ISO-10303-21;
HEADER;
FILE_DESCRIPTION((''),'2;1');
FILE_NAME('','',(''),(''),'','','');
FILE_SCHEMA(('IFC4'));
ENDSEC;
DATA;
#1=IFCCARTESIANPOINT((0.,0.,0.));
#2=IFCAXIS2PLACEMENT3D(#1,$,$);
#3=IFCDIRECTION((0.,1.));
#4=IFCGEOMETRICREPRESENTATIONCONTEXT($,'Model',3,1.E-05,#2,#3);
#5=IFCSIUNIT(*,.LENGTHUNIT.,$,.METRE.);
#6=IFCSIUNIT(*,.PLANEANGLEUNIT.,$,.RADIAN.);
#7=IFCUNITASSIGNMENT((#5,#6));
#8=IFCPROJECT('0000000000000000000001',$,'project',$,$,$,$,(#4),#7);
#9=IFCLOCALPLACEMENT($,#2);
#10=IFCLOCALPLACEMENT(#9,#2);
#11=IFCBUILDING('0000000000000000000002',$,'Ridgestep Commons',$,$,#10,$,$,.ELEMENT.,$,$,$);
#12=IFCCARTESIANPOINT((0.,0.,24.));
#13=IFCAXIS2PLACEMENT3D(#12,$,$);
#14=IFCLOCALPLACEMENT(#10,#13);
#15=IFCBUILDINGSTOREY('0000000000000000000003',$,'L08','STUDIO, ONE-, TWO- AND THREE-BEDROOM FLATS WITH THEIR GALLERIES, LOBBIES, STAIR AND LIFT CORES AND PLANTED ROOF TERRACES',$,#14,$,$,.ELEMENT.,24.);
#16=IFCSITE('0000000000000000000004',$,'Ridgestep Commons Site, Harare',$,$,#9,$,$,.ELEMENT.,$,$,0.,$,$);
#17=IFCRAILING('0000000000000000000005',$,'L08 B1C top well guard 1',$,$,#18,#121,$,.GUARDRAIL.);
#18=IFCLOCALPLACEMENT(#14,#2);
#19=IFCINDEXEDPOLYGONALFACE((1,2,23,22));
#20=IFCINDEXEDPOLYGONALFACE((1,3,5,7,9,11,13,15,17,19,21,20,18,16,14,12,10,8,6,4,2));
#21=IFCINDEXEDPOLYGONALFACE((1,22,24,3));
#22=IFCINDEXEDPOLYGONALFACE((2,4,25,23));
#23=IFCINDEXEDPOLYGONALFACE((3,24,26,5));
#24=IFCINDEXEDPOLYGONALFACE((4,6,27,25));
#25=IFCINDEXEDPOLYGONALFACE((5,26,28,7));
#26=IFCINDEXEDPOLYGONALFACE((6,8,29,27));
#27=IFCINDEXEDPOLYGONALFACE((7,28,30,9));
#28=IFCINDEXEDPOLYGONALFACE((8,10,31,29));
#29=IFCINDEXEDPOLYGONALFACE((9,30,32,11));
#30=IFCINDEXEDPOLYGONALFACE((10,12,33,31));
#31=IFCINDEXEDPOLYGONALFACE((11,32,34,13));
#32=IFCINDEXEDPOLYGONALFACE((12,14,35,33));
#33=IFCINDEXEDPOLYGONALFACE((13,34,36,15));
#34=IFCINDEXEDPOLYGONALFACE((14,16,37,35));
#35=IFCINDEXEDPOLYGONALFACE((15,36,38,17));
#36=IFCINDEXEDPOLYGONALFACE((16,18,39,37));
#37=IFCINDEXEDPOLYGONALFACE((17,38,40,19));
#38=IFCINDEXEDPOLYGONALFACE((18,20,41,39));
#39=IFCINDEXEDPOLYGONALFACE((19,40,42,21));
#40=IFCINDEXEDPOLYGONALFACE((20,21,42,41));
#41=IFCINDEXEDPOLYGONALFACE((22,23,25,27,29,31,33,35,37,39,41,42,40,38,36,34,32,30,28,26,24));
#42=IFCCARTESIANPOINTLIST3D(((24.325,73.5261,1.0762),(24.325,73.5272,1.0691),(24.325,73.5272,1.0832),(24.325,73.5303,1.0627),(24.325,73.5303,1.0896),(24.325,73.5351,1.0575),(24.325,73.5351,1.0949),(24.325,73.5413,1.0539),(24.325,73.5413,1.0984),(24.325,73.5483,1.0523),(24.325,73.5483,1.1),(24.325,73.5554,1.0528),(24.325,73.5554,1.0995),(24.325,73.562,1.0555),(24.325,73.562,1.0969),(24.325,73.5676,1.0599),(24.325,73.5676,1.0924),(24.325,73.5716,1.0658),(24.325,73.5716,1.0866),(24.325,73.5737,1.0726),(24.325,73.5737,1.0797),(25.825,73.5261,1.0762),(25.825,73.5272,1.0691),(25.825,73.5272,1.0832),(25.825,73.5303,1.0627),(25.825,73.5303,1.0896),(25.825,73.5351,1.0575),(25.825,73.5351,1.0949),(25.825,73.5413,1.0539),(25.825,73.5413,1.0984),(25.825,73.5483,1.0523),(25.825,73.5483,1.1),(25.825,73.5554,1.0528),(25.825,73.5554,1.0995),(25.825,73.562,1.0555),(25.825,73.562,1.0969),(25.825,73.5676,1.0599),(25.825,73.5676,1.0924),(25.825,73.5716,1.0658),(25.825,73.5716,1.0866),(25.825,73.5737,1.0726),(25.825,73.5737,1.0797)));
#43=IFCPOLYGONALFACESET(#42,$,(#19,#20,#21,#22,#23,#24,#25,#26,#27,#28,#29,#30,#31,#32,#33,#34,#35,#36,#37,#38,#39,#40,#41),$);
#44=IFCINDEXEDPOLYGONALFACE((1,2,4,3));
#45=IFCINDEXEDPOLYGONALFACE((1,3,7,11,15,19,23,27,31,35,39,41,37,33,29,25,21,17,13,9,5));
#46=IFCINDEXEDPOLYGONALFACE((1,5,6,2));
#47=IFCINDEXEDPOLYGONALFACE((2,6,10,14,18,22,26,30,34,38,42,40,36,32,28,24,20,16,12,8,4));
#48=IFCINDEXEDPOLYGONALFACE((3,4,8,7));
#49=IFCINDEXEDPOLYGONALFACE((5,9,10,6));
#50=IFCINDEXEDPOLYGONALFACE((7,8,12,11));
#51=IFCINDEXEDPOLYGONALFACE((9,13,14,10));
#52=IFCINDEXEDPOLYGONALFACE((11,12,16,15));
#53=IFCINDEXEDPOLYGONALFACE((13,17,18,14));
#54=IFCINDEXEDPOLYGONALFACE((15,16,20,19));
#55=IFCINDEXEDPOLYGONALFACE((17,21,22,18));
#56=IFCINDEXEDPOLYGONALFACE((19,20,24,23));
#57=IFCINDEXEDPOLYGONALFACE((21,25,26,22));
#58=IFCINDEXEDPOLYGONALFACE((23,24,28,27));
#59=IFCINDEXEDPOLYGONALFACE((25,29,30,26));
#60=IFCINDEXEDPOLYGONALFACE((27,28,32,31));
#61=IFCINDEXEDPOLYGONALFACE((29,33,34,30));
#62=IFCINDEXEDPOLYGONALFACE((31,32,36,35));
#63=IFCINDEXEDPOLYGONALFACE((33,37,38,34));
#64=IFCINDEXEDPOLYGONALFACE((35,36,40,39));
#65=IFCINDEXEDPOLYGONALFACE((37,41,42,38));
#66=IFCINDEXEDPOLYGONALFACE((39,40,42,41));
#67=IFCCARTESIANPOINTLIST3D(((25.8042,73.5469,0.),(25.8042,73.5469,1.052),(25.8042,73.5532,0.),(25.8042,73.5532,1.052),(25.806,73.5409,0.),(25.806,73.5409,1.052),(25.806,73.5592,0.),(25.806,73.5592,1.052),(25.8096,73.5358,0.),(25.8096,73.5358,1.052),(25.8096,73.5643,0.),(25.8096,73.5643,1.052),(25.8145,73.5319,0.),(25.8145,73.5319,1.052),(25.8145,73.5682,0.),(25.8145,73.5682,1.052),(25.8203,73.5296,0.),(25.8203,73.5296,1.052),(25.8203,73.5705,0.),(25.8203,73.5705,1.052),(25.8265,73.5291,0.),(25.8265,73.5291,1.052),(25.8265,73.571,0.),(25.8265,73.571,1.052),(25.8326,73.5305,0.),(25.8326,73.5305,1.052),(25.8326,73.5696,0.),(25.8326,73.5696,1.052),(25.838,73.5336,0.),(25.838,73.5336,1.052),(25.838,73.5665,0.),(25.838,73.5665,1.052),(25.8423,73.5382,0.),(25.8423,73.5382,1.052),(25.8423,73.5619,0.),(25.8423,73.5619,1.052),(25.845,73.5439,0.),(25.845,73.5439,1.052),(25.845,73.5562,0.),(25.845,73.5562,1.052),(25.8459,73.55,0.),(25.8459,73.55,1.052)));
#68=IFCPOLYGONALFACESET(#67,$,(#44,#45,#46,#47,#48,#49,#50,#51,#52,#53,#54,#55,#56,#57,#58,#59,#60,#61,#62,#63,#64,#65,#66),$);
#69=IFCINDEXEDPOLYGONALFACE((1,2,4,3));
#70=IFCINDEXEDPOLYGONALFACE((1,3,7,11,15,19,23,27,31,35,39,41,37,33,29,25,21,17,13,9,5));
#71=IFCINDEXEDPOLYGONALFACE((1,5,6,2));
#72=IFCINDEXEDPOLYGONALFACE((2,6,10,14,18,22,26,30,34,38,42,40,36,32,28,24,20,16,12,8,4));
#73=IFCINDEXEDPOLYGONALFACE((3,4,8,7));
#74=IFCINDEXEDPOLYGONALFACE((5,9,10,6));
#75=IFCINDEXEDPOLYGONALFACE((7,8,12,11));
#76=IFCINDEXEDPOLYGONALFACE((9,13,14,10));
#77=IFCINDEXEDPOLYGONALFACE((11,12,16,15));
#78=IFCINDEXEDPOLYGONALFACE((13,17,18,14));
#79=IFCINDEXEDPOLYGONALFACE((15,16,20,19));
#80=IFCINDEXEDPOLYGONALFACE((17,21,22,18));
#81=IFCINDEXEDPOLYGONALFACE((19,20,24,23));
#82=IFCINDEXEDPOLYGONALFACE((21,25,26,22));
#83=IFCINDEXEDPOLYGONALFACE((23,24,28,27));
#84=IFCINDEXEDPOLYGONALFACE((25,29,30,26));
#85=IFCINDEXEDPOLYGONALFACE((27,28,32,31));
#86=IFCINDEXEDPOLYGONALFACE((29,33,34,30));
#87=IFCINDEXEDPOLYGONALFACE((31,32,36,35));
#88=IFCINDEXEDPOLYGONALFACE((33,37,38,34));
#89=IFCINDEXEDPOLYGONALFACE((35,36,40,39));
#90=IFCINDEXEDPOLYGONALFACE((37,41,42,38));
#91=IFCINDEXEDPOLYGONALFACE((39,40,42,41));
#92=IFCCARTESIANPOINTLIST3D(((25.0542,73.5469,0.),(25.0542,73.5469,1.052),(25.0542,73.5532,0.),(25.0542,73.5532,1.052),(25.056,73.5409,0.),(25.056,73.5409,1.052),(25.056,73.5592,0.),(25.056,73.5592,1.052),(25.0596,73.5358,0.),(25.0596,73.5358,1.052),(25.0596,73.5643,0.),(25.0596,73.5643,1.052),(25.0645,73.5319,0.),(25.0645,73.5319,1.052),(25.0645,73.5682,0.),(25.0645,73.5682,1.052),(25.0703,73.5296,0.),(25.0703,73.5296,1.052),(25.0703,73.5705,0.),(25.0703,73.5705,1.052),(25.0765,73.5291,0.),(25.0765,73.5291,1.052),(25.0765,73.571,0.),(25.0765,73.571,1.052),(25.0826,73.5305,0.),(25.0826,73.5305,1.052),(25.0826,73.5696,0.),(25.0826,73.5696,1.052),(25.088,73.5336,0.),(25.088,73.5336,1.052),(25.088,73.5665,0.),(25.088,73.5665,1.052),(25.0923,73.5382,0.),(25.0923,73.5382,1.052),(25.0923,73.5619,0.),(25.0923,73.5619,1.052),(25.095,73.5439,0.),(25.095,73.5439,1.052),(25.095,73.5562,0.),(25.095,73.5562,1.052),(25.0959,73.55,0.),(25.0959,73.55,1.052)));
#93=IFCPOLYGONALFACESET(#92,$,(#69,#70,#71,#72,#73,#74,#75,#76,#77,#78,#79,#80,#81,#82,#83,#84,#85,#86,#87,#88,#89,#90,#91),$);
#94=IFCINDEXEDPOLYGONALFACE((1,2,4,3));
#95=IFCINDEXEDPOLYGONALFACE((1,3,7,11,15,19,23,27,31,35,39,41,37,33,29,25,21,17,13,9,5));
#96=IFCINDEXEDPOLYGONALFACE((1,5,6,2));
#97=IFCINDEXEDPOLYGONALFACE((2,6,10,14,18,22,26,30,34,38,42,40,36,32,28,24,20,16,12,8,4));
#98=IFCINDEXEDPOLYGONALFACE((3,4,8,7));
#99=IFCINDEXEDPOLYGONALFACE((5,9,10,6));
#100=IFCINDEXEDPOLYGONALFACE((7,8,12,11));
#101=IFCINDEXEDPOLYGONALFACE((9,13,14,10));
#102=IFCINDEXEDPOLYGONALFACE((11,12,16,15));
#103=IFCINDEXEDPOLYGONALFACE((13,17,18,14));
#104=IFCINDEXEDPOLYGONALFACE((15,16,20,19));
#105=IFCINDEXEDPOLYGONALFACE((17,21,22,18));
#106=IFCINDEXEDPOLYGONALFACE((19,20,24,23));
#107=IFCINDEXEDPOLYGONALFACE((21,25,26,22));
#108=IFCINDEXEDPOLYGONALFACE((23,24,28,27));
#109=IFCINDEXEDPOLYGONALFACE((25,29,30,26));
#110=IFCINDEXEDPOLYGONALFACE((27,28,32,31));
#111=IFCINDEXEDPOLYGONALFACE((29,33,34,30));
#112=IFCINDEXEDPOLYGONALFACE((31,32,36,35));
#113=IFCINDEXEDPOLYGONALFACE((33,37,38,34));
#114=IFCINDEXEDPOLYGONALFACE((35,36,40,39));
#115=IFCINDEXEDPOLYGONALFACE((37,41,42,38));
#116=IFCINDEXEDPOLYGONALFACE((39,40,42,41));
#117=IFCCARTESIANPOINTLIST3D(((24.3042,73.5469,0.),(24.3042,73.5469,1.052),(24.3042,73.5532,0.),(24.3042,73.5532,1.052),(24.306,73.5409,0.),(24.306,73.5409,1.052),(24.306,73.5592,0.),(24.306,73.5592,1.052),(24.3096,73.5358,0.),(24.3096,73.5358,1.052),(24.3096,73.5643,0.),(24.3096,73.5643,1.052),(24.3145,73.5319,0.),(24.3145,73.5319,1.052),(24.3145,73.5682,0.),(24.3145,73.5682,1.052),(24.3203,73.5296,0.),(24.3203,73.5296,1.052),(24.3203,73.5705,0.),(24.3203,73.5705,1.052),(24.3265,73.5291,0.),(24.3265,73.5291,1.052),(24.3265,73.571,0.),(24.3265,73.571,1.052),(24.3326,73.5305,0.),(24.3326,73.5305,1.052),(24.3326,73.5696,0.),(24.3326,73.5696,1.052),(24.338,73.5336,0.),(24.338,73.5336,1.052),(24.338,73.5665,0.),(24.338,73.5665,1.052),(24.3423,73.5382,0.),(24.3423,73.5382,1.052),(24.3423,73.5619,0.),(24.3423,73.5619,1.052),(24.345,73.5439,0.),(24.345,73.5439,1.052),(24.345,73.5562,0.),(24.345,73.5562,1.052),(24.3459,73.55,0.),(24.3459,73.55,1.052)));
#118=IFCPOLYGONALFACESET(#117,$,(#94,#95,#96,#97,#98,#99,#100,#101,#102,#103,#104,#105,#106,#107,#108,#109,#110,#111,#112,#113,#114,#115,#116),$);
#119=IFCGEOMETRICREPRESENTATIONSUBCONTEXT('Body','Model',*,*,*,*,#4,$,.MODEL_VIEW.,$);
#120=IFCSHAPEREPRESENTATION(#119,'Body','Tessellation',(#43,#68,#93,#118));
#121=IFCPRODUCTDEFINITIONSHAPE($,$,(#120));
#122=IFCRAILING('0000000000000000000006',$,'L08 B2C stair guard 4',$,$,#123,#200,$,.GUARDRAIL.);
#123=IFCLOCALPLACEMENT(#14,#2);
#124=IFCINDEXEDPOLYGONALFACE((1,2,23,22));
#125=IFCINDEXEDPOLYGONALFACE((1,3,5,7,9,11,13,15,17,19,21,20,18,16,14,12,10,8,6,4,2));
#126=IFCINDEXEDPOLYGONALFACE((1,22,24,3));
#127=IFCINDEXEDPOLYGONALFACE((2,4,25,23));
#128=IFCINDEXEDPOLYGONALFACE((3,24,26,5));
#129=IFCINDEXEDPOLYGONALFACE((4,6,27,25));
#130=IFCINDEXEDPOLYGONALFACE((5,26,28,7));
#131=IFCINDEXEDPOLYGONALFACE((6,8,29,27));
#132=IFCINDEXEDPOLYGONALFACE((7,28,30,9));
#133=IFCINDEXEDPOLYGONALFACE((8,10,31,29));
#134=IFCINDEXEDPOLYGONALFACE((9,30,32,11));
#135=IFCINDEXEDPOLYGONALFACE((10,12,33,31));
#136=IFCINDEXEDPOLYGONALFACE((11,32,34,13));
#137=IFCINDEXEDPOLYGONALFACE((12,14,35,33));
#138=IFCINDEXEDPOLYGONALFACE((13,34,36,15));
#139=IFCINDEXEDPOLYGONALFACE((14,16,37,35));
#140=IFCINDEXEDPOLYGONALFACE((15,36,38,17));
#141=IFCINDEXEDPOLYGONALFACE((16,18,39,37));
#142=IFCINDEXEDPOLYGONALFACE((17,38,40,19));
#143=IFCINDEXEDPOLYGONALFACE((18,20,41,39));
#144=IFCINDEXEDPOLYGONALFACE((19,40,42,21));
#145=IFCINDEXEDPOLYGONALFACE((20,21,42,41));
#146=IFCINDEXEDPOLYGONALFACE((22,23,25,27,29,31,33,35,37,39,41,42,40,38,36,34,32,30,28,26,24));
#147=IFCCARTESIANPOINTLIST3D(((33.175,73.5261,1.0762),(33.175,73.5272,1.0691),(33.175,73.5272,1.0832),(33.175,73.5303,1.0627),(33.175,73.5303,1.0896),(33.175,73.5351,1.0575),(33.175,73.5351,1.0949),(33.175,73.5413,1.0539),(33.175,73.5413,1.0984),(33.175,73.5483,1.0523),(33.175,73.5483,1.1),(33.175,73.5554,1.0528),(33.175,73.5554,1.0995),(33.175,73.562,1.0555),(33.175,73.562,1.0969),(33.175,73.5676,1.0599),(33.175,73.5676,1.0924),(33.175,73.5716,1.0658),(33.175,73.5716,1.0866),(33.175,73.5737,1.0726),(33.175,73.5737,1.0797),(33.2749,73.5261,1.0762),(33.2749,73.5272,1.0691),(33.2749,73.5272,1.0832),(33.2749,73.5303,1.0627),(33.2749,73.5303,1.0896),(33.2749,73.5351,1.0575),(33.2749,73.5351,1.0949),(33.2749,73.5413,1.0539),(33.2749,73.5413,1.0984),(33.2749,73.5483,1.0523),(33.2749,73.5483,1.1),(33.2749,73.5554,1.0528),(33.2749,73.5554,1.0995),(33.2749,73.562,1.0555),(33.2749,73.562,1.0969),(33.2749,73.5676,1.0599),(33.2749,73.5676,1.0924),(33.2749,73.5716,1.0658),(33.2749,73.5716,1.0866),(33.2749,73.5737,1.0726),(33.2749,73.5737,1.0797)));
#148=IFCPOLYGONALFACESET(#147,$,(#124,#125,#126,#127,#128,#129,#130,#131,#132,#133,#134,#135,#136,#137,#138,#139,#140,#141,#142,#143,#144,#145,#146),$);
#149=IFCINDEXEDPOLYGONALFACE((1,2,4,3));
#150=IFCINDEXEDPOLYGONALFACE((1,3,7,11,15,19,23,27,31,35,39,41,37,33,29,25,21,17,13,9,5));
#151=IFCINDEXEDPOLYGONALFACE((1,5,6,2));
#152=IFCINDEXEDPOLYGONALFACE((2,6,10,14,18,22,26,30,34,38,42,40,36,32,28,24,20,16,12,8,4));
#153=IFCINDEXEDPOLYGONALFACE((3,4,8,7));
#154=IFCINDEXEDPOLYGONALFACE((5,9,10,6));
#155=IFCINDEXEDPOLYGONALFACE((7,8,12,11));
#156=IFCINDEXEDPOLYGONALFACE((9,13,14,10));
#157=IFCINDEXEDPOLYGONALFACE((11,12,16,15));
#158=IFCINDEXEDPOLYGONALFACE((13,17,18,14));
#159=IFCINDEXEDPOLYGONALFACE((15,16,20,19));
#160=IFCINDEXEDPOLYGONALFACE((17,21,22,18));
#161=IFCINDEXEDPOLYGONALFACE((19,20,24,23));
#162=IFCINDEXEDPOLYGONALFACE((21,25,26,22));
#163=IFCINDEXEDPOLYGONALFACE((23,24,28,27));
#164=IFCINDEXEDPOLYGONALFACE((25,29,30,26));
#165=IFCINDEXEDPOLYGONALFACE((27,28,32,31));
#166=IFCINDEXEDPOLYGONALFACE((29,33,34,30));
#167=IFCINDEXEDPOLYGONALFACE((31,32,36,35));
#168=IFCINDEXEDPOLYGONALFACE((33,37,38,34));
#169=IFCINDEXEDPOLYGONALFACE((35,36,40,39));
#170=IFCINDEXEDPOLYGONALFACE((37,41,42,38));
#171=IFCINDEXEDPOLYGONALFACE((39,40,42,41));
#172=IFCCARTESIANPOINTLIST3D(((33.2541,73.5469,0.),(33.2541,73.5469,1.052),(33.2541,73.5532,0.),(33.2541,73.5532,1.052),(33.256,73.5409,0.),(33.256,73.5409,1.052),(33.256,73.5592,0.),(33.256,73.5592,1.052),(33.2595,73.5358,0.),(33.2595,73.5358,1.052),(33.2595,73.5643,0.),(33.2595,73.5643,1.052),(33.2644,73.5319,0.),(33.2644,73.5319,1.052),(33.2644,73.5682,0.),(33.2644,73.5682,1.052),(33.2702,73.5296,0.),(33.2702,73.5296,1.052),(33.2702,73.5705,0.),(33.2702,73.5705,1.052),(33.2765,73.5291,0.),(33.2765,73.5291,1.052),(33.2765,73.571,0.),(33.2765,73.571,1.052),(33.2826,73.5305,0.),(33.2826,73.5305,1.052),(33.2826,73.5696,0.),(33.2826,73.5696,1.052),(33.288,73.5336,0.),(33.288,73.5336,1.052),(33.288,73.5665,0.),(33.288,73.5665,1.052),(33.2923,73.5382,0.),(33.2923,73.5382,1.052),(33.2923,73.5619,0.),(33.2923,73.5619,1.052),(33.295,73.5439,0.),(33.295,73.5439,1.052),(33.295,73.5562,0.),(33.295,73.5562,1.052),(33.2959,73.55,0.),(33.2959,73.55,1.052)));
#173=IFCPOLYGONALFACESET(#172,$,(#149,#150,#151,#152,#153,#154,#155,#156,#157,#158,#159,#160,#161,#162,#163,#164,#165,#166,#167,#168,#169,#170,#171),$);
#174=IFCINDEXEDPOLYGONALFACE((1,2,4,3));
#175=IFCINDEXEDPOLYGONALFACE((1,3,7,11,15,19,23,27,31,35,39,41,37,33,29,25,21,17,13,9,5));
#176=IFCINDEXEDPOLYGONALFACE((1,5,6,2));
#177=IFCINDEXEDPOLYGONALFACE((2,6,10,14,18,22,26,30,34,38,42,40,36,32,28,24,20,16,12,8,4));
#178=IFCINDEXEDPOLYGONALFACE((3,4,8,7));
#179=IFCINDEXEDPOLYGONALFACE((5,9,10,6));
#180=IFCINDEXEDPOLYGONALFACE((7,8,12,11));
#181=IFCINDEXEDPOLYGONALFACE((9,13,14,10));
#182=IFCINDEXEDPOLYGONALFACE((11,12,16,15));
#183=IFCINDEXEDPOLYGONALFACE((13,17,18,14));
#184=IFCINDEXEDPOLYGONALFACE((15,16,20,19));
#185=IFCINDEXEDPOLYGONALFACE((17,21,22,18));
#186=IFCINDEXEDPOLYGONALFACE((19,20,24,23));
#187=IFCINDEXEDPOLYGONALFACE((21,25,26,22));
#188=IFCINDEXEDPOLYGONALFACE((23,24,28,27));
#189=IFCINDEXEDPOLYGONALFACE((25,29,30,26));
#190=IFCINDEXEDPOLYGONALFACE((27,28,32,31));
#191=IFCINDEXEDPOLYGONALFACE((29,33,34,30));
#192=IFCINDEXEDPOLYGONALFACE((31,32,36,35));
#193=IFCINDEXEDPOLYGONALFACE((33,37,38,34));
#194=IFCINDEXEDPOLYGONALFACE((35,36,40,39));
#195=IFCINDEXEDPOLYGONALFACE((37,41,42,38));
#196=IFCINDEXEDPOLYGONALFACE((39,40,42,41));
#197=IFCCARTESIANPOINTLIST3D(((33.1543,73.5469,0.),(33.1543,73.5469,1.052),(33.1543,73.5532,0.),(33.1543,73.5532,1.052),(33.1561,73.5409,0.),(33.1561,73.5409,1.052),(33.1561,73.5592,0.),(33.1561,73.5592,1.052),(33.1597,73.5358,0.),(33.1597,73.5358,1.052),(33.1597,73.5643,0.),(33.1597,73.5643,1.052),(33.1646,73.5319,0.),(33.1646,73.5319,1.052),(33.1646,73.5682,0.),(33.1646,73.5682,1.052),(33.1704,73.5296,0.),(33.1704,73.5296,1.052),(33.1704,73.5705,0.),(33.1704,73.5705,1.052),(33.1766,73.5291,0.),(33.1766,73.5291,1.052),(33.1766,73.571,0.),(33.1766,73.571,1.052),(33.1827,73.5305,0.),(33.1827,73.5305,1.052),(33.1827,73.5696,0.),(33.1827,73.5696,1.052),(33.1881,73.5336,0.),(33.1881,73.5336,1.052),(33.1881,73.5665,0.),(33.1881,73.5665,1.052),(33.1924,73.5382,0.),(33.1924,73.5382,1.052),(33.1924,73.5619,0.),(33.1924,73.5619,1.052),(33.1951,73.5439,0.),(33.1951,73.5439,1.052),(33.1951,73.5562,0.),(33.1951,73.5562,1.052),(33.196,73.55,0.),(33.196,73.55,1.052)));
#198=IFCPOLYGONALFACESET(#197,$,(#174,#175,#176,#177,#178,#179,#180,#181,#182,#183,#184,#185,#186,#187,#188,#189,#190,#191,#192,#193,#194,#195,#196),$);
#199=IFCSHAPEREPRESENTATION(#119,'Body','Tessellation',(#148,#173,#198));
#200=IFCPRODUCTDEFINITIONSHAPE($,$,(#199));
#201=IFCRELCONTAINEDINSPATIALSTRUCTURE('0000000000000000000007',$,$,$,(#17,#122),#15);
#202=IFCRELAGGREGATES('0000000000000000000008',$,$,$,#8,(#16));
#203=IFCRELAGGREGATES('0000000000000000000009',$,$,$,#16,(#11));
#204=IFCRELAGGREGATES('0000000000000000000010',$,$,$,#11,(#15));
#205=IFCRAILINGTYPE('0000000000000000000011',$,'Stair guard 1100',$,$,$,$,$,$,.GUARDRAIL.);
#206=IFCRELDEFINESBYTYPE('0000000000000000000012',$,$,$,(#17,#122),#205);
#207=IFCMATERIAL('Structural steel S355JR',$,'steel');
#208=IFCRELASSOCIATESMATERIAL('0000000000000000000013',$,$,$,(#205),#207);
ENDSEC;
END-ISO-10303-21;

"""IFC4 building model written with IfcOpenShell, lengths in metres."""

from ifc_helpers import new_model, si_unit, direction, frame, origin, origin_2d, place, context, subcontext, project, spatial, circle, extrude, material, type_object, element, save


model = new_model("IFC4")

# Units and contexts
model_context = context("Model", 3, precision=1e-05, world=origin(), true_north=direction((0.0, 1.0)))
body_context = subcontext(model_context, "Body", "Model", "MODEL_VIEW")
ifc_project = project(units=[si_unit("LENGTHUNIT", "METRE"), si_unit("PLANEANGLEUNIT", "RADIAN")], contexts=[model_context])

# Site, building, storey
site_placement = place(None, origin())
site = spatial("IfcSite", under=ifc_project, at=site_placement, Name="Ridgestep Commons Site, Harare", CompositionType="ELEMENT", RefElevation=0.0)
building_placement = place(site_placement, origin())
building = spatial("IfcBuilding", under=site, at=building_placement, Name="Ridgestep Commons", CompositionType="ELEMENT")
storey_placement = place(building_placement, frame((0.0, 0.0, 24.0)))
storey = spatial("IfcBuildingStorey", under=building, at=storey_placement, Name="L08", Description="STUDIO, ONE-, TWO- AND THREE-BEDROOM FLATS WITH THEIR GALLERIES, LOBBIES, STAIR AND LIFT CORES AND PLANTED ROOF TERRACES", CompositionType="ELEMENT", Elevation=24.0)

# Railings
ifc_material_1 = material(Name="Structural steel S355JR", Category="steel")
railing_type = type_object("IfcRailingType", Name="Stair guard 1100", PredefinedType="GUARDRAIL", material=ifc_material_1)
railing_1_placement = place(storey_placement, frame((25.825, 73.55, 0.0)))
element("IfcRailing", 1, at=railing_1_placement, inside=storey, type_object=railing_type, Name="L08 B1C top well guard 1", PredefinedType="GUARDRAIL", context=body_context, shape_type="SweptSolid", body=[
    extrude(circle(Radius=0.0239, at=origin_2d()), frame((0.0, 0.0, 1.0762), z_axis=(-1.0, 0.0, 0.0), x_axis=(0.0, -1.0, 0.0)), (0.0, 0.0, 1.0), 1.5),
    extrude(circle(Radius=0.021, at=origin_2d()), origin(), (0.0, 0.0, 1.0), 1.052),
    extrude(circle(Radius=0.021, at=origin_2d()), frame((-0.75, 0.0, 0.0)), (0.0, 0.0, 1.0), 1.052),
    extrude(circle(Radius=0.021, at=origin_2d()), frame((-1.5, 0.0, 0.0)), (0.0, 0.0, 1.0), 1.052),
])
railing_2_placement = place(storey_placement, frame((33.2749, 73.55, 0.0)))
element("IfcRailing", 2, at=railing_2_placement, inside=storey, type_object=railing_type, Name="L08 B2C stair guard 4", PredefinedType="GUARDRAIL", context=body_context, shape_type="SweptSolid", body=[
    extrude(circle(Radius=0.0239, at=origin_2d()), frame((0.0, 0.0, 1.0762), z_axis=(-1.0, 0.0, 0.0), x_axis=(0.0, -1.0, 0.0)), (0.0, 0.0, 1.0), 0.0999),
    extrude(circle(Radius=0.021, at=origin_2d()), origin(), (0.0, 0.0, 1.0), 1.052),
    extrude(circle(Radius=0.021, at=origin_2d()), frame((-0.0999, 0.0, 0.0)), (0.0, 0.0, 1.0), 1.052),
])

save(model, "model.ifc")
